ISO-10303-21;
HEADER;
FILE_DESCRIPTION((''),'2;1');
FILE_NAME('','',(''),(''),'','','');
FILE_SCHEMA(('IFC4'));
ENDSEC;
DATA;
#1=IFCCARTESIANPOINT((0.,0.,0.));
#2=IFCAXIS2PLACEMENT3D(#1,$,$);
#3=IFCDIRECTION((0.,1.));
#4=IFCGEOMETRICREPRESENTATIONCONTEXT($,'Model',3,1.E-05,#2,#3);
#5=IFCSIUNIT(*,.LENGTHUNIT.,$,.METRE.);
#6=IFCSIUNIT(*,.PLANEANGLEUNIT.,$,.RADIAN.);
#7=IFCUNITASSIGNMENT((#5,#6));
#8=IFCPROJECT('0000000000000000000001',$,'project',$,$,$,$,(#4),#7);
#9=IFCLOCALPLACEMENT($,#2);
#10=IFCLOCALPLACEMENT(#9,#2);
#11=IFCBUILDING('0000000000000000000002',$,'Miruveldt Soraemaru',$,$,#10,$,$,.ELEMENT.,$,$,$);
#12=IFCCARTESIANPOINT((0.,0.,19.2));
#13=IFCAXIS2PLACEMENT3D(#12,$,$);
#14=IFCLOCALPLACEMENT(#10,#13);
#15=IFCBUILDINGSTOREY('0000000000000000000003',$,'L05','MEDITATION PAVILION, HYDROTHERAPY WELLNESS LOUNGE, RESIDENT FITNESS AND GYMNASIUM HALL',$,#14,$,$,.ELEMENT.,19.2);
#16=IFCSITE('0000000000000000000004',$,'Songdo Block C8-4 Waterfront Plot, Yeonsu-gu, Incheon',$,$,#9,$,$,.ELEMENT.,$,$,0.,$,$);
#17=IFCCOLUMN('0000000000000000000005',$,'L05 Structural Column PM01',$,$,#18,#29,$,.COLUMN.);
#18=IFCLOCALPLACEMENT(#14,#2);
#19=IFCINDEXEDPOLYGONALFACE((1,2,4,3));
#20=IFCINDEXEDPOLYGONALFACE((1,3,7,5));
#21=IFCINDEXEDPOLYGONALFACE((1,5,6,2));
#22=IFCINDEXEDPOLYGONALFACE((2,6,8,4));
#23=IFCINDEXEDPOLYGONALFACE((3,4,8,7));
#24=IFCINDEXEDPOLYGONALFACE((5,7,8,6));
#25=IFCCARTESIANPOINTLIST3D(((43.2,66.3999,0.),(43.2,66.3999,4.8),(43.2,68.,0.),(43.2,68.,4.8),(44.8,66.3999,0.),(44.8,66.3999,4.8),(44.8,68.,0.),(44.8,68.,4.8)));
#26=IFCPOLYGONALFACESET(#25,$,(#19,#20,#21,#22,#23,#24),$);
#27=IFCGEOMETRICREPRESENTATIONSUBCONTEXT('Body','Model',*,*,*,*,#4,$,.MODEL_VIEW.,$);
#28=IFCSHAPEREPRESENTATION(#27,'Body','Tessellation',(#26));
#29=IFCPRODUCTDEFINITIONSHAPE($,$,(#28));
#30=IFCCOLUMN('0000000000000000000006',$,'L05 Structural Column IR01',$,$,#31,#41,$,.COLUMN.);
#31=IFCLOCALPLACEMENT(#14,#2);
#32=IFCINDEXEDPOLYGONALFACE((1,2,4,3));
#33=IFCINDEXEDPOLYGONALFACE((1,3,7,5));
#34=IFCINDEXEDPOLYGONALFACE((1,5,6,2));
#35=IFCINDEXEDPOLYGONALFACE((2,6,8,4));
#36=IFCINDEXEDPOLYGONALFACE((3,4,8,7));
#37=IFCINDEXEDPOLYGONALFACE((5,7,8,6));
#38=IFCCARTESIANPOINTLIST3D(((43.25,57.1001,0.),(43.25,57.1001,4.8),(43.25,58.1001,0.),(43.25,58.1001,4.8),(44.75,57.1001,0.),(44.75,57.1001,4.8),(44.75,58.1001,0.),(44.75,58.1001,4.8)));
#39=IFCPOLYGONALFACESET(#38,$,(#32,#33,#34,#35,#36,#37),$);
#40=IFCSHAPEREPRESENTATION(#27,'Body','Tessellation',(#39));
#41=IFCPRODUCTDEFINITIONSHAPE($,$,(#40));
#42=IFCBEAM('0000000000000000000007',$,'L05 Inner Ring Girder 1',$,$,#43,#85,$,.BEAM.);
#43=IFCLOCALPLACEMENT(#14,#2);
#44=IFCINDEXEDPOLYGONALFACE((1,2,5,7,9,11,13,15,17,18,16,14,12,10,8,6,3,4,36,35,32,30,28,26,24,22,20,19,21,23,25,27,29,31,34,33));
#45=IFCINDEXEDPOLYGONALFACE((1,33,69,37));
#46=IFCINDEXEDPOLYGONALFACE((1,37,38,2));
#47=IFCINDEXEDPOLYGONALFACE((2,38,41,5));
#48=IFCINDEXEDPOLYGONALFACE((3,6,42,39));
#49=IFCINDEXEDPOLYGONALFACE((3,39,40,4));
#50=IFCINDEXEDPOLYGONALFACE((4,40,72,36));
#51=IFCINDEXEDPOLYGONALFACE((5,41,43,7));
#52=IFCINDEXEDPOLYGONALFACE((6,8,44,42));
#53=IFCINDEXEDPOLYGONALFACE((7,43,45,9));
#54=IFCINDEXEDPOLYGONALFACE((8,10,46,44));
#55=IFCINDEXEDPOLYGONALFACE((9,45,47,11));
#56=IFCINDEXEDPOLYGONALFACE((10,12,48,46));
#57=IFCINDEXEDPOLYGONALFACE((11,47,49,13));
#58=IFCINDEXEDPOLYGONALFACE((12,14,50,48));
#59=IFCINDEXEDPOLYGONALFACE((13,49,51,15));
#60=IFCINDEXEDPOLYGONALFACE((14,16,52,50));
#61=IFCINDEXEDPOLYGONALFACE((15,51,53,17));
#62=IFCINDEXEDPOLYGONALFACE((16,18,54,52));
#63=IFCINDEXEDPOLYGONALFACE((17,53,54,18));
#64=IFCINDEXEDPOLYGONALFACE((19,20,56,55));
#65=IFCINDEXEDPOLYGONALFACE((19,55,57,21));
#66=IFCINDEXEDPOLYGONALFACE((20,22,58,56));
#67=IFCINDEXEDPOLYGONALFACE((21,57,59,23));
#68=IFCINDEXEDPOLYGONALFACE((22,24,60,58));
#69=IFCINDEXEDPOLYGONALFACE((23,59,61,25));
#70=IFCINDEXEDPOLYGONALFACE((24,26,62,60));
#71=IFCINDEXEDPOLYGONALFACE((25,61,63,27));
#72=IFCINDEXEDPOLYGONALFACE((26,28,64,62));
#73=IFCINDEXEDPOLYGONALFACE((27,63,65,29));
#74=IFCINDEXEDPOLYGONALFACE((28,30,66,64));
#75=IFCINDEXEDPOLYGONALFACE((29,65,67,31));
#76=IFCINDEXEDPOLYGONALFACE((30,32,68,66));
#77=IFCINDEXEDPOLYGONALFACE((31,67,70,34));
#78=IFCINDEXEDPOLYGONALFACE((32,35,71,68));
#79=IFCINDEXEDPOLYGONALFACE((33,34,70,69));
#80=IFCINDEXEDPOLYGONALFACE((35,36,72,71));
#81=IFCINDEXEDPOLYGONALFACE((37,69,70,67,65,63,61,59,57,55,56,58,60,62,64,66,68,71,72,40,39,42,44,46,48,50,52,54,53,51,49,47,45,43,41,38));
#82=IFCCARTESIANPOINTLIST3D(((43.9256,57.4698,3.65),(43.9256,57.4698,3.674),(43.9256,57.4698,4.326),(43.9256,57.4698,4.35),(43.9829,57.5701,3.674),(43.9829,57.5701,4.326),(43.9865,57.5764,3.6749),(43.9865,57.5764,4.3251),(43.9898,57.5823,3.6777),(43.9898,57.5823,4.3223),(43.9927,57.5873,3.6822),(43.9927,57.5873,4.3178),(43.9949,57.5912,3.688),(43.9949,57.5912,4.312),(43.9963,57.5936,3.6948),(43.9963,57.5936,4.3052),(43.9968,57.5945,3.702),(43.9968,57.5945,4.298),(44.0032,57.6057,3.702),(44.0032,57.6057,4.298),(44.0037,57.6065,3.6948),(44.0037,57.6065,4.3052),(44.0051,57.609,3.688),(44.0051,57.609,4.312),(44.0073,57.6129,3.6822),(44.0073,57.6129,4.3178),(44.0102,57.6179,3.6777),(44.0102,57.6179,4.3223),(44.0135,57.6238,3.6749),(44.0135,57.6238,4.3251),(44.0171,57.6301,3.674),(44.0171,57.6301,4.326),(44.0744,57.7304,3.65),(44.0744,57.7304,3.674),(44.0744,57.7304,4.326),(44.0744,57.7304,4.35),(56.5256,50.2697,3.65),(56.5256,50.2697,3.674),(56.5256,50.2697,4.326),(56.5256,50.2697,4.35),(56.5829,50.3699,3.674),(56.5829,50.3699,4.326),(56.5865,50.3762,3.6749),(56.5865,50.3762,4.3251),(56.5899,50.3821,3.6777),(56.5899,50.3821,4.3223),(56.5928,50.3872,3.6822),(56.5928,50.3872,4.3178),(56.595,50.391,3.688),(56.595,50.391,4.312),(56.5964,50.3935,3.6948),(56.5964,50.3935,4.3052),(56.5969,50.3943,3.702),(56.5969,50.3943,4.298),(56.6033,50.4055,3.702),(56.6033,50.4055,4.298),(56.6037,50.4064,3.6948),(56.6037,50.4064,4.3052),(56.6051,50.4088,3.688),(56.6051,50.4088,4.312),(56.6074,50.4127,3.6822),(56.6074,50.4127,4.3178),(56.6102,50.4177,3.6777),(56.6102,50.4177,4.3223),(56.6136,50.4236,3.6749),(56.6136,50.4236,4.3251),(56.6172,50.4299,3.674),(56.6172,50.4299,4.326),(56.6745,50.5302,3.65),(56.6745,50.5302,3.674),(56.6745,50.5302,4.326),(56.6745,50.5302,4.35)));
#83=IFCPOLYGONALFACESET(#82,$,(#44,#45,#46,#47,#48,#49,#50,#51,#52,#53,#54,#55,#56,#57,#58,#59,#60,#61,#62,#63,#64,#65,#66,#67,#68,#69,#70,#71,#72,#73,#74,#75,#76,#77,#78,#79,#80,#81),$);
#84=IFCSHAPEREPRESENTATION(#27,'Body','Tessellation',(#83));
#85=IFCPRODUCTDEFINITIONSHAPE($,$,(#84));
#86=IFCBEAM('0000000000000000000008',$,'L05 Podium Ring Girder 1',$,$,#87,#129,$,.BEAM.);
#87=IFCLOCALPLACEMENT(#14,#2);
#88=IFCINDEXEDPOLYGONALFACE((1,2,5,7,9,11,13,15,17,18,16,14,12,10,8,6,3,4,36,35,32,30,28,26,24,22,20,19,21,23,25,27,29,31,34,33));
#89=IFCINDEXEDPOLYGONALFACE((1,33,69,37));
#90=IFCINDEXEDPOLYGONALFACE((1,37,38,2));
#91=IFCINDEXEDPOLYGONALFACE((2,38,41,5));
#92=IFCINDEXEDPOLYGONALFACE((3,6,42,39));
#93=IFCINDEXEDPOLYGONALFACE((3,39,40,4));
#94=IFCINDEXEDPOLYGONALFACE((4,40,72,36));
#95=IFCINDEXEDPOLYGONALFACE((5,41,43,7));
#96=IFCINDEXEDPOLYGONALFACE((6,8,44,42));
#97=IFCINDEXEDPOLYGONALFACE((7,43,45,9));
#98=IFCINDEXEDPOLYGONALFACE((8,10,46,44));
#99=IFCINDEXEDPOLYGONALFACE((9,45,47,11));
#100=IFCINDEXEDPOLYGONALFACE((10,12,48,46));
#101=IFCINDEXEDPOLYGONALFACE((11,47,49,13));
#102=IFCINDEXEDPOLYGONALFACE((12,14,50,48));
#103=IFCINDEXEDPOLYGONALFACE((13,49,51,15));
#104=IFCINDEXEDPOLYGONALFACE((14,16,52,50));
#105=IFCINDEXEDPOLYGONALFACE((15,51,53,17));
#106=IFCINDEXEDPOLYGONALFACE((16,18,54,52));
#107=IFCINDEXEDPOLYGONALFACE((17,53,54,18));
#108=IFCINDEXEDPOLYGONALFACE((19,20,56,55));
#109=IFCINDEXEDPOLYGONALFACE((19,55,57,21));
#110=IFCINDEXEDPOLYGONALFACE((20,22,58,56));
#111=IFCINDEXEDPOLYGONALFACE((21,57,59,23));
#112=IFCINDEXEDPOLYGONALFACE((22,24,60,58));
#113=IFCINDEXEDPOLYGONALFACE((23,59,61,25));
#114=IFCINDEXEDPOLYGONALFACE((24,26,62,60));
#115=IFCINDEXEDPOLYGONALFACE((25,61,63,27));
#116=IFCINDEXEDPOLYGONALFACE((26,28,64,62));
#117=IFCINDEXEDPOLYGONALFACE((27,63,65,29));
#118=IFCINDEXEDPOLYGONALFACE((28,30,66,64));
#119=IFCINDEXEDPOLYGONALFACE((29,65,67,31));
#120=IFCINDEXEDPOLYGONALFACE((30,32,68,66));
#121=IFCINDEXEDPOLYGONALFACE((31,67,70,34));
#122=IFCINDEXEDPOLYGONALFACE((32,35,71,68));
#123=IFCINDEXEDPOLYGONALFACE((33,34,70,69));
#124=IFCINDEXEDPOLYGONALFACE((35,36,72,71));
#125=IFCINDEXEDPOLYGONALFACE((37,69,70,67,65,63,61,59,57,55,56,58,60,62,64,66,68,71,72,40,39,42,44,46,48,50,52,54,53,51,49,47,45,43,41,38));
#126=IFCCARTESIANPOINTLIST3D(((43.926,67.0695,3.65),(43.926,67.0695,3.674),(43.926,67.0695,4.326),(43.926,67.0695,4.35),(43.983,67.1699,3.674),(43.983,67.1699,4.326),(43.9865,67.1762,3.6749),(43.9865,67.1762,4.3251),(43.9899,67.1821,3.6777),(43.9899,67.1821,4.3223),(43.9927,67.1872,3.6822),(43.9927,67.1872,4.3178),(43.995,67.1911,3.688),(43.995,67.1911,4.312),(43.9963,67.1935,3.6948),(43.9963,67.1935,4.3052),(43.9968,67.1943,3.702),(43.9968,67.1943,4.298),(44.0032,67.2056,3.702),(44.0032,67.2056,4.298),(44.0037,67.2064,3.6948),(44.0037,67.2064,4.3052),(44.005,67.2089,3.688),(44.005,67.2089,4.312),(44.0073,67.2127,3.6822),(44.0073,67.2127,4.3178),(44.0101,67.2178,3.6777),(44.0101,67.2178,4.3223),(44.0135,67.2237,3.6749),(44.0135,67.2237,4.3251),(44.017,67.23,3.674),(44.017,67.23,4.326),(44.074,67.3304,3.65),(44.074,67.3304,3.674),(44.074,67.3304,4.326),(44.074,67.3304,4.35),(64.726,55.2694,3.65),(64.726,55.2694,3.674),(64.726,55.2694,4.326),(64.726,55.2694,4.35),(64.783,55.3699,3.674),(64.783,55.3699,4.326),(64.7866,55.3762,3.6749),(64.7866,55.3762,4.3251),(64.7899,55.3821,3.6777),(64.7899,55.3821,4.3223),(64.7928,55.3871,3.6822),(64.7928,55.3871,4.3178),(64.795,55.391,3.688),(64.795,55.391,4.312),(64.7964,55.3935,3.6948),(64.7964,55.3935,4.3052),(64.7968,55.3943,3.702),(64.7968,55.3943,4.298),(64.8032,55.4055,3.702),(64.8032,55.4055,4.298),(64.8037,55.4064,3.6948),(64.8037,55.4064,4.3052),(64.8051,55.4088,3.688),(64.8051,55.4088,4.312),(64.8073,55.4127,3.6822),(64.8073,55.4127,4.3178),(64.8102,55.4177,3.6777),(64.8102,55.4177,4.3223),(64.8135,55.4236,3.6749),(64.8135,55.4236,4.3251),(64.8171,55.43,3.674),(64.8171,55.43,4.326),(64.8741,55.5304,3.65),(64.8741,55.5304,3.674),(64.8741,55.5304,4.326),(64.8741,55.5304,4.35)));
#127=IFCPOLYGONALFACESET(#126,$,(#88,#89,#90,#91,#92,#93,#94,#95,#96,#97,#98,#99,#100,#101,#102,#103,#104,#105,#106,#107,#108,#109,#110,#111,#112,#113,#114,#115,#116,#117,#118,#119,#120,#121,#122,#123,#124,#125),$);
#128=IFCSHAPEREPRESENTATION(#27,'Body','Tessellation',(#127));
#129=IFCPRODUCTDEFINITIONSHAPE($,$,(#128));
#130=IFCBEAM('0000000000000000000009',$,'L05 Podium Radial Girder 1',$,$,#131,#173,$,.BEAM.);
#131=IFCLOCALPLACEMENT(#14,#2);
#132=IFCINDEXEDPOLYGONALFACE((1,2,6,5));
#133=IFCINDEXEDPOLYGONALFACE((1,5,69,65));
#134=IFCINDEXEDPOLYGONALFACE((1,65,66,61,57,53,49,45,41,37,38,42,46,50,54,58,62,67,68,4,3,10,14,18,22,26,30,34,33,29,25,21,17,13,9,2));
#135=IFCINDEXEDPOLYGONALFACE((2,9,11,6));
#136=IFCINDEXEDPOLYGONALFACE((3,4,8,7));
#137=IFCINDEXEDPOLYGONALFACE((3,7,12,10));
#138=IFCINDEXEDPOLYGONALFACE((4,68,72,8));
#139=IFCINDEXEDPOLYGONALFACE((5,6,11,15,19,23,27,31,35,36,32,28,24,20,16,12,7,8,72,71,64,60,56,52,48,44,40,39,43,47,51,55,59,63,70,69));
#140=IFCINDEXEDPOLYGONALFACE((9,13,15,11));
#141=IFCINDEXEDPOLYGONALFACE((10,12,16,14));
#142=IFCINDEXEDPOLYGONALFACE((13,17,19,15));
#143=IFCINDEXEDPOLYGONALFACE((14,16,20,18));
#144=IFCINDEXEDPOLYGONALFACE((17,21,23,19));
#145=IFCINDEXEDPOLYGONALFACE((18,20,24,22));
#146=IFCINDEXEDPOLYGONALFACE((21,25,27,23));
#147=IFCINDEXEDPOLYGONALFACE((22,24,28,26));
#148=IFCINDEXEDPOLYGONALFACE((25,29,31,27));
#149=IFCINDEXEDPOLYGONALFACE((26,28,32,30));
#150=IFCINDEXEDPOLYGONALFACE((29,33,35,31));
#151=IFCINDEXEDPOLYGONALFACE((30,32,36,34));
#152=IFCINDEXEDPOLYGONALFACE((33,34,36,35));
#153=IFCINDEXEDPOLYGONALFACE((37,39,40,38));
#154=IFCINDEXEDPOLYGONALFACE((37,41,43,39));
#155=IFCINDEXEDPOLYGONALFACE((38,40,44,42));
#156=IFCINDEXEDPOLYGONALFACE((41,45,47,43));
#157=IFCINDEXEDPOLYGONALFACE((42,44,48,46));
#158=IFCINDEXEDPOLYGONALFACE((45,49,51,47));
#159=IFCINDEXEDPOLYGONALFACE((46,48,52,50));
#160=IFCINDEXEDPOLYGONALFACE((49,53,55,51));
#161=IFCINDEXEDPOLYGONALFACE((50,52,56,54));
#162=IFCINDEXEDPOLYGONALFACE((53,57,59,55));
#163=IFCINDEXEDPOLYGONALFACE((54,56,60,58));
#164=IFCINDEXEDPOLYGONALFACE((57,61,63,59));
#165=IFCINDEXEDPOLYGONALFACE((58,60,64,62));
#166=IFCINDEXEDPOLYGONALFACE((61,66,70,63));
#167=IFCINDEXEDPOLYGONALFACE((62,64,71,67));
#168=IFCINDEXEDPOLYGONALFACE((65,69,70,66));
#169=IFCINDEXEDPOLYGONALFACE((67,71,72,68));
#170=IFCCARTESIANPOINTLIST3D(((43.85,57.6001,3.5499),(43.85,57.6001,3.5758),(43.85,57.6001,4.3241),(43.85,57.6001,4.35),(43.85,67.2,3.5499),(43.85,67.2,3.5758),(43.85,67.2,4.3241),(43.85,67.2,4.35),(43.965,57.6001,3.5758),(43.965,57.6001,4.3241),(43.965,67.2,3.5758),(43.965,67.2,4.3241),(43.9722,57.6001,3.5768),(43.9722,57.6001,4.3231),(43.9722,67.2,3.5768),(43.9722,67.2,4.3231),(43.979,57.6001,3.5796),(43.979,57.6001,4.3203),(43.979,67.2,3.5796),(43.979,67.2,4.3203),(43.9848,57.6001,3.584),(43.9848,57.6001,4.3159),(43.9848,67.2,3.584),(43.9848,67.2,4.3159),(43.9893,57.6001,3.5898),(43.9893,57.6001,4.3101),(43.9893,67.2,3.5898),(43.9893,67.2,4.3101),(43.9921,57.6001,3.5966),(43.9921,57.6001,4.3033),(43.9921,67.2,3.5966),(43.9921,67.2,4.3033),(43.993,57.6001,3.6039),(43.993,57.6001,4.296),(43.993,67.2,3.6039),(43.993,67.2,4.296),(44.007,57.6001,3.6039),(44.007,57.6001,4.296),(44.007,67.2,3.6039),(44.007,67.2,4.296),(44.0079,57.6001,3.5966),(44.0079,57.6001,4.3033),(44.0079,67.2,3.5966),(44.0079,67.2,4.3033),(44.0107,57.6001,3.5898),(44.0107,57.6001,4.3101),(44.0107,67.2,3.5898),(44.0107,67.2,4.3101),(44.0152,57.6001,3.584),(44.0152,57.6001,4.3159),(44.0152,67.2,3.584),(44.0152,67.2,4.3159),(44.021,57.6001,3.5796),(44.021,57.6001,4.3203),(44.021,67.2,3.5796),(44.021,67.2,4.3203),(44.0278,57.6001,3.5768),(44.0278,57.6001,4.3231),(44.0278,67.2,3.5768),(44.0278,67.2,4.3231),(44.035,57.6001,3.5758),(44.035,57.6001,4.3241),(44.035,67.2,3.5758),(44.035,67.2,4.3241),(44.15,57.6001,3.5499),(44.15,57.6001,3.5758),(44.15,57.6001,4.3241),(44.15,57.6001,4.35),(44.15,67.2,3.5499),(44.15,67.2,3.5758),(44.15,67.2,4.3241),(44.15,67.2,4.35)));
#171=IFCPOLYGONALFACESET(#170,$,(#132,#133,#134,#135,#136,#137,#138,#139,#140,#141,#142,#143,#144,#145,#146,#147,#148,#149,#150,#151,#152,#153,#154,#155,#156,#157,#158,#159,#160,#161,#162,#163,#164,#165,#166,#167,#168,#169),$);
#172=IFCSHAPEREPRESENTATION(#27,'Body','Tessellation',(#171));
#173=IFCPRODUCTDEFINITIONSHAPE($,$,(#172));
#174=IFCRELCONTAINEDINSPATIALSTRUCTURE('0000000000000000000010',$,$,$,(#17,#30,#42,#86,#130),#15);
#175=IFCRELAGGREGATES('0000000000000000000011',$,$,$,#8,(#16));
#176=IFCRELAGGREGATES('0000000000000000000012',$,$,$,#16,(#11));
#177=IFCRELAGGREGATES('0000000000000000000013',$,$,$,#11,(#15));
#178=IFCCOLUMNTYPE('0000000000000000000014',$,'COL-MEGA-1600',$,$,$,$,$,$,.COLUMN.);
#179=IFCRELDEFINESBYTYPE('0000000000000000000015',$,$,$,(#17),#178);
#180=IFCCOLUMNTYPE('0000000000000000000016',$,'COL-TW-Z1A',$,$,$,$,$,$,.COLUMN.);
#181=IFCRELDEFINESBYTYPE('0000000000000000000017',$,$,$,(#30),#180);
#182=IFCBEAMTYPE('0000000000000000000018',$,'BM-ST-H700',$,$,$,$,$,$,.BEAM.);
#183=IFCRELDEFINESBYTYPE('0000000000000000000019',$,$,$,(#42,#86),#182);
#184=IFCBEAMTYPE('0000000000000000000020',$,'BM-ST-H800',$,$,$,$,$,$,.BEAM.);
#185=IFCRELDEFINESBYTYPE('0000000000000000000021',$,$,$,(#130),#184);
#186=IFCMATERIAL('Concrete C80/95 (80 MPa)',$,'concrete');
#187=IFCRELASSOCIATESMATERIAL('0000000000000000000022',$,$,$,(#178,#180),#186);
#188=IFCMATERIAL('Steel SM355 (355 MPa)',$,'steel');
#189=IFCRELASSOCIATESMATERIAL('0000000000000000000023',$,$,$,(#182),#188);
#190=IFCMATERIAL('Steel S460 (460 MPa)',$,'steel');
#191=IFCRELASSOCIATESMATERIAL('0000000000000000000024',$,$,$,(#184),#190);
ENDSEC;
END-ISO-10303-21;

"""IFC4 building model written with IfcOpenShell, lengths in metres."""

from ifc_helpers import new_model, si_unit, direction, frame, origin, origin_2d, place, context, subcontext, project, spatial, rectangle, i_section, extrude, material, material_profile, profile_set, type_object, element, save


model = new_model("IFC4")

# Units and contexts
model_context = context("Model", 3, precision=1e-05, world=origin(), true_north=direction((0.0, 1.0)))
body_context = subcontext(model_context, "Body", "Model", "MODEL_VIEW")
ifc_project = project(units=[si_unit("LENGTHUNIT", "METRE"), si_unit("PLANEANGLEUNIT", "RADIAN")], contexts=[model_context])

# Site, building, storey
site_placement = place(None, origin())
site = spatial("IfcSite", under=ifc_project, at=site_placement, Name="Songdo Block C8-4 Waterfront Plot, Yeonsu-gu, Incheon", CompositionType="ELEMENT", RefElevation=0.0)
building_placement = place(site_placement, origin())
building = spatial("IfcBuilding", under=site, at=building_placement, Name="Miruveldt Soraemaru", CompositionType="ELEMENT")
storey_placement = place(building_placement, frame((0.0, 0.0, 19.2)))
storey = spatial("IfcBuildingStorey", under=building, at=storey_placement, Name="L05", Description="MEDITATION PAVILION, HYDROTHERAPY WELLNESS LOUNGE, RESIDENT FITNESS AND GYMNASIUM HALL", CompositionType="ELEMENT", Elevation=19.2)

# Columns
ifc_material_1 = material(Name="Concrete C80/95 (80 MPa)", Category="concrete")
ifc_material_profile_1 = material_profile(ifc_material_1, rectangle(XDim=1.6001, YDim=1.6001, at=origin_2d()), Name="Concrete C80/95 (80 MPa)", Category="concrete")
ifc_profile_set_1 = profile_set([ifc_material_profile_1], Name="Concrete C80/95 (80 MPa)")
column_type_1 = type_object("IfcColumnType", Name="COL-MEGA-1600", PredefinedType="COLUMN", material=ifc_profile_set_1)
column_1_placement = place(storey_placement, frame((44.0, 67.2, 0.0), z_axis=(0.0, 0.0, 1.0), x_axis=(1.0, 0.0, 0.0)))
element("IfcColumn", 1, at=column_1_placement, inside=storey, type_object=column_type_1, Name="L05 Structural Column PM01", PredefinedType="COLUMN", context=body_context, shape_type="SweptSolid", body=[
    extrude(rectangle(XDim=1.6001, YDim=1.6001, at=origin_2d()), origin(), (0.0, 0.0, 1.0), 4.8),
])
ifc_material_profile_2 = material_profile(ifc_material_1, rectangle(XDim=1.5, YDim=1.0, at=origin_2d()), Name="Concrete C80/95 (80 MPa)", Category="concrete")
ifc_profile_set_2 = profile_set([ifc_material_profile_2], Name="Concrete C80/95 (80 MPa)")
column_type_2 = type_object("IfcColumnType", Name="COL-TW-Z1A", PredefinedType="COLUMN", material=ifc_profile_set_2)
column_2_placement = place(storey_placement, frame((44.0, 57.6001, 0.0), z_axis=(0.0, 0.0, 1.0), x_axis=(1.0, 0.0, 0.0)))
element("IfcColumn", 2, at=column_2_placement, inside=storey, type_object=column_type_2, Name="L05 Structural Column IR01", PredefinedType="COLUMN", context=body_context, shape_type="SweptSolid", body=[
    extrude(rectangle(XDim=1.5, YDim=1.0, at=origin_2d()), origin(), (0.0, 0.0, 1.0), 4.8),
])

# Beams
ifc_material_2 = material(Name="Steel SM355 (355 MPa)", Category="steel")
ifc_material_profile_3 = material_profile(ifc_material_2, i_section(OverallWidth=0.3, OverallDepth=0.7, WebThickness=0.0129, FlangeThickness=0.0239, FilletRadius=0.0281, at=origin_2d()), Name="Steel SM355 (355 MPa)", Category="steel")
ifc_profile_set_3 = profile_set([ifc_material_profile_3], Name="Steel SM355 (355 MPa)")
beam_type_1 = type_object("IfcBeamType", Name="BM-ST-H700", PredefinedType="BEAM", material=ifc_profile_set_3)
beam_1_placement = place(storey_placement, frame((44.0, 57.6001, 4.0), z_axis=(0.868239, -0.496146, 0.0), x_axis=(0.496146, 0.868239, 0.0)))
element("IfcBeam", 3, at=beam_1_placement, inside=storey, type_object=beam_type_1, Name="L05 Inner Ring Girder 1", PredefinedType="BEAM", context=body_context, shape_type="SweptSolid", body=[
    extrude(i_section(OverallWidth=0.3, OverallDepth=0.7, WebThickness=0.0129, FlangeThickness=0.0239, FilletRadius=0.0281, at=origin_2d()), origin(), (0.0, 0.0, 1.0), 14.5122),
])
beam_2_placement = place(storey_placement, frame((44.0, 67.2, 4.0), z_axis=(0.869783, -0.493435, 0.0), x_axis=(0.493435, 0.869783, 0.0)))
element("IfcBeam", 4, at=beam_2_placement, inside=storey, type_object=beam_type_1, Name="L05 Podium Ring Girder 1", PredefinedType="BEAM", context=body_context, shape_type="SweptSolid", body=[
    extrude(i_section(OverallWidth=0.3, OverallDepth=0.7, WebThickness=0.0129, FlangeThickness=0.0239, FilletRadius=0.0281, at=origin_2d()), origin(), (0.0, 0.0, 1.0), 23.9141),
])
ifc_material_3 = material(Name="Steel S460 (460 MPa)", Category="steel")
ifc_material_profile_4 = material_profile(ifc_material_3, i_section(OverallWidth=0.3, OverallDepth=0.8, WebThickness=0.0139, FlangeThickness=0.0259, FilletRadius=0.0281, at=origin_2d()), Name="Steel S460 (460 MPa)", Category="steel")
ifc_profile_set_4 = profile_set([ifc_material_profile_4], Name="Steel S460 (460 MPa)")
beam_type_2 = type_object("IfcBeamType", Name="BM-ST-H800", PredefinedType="BEAM", material=ifc_profile_set_4)
beam_3_placement = place(storey_placement, frame((44.0, 57.6001, 3.95), z_axis=(0.0, 1.0, 0.0), x_axis=(-1.0, 0.0, 0.0)))
element("IfcBeam", 5, at=beam_3_placement, inside=storey, type_object=beam_type_2, Name="L05 Podium Radial Girder 1", PredefinedType="BEAM", context=body_context, shape_type="SweptSolid", body=[
    extrude(i_section(OverallWidth=0.3, OverallDepth=0.8, WebThickness=0.0139, FlangeThickness=0.0259, FilletRadius=0.0281, at=origin_2d()), origin(), (0.0, 0.0, 1.0), 9.5999),
])

save(model, "model.ifc")
